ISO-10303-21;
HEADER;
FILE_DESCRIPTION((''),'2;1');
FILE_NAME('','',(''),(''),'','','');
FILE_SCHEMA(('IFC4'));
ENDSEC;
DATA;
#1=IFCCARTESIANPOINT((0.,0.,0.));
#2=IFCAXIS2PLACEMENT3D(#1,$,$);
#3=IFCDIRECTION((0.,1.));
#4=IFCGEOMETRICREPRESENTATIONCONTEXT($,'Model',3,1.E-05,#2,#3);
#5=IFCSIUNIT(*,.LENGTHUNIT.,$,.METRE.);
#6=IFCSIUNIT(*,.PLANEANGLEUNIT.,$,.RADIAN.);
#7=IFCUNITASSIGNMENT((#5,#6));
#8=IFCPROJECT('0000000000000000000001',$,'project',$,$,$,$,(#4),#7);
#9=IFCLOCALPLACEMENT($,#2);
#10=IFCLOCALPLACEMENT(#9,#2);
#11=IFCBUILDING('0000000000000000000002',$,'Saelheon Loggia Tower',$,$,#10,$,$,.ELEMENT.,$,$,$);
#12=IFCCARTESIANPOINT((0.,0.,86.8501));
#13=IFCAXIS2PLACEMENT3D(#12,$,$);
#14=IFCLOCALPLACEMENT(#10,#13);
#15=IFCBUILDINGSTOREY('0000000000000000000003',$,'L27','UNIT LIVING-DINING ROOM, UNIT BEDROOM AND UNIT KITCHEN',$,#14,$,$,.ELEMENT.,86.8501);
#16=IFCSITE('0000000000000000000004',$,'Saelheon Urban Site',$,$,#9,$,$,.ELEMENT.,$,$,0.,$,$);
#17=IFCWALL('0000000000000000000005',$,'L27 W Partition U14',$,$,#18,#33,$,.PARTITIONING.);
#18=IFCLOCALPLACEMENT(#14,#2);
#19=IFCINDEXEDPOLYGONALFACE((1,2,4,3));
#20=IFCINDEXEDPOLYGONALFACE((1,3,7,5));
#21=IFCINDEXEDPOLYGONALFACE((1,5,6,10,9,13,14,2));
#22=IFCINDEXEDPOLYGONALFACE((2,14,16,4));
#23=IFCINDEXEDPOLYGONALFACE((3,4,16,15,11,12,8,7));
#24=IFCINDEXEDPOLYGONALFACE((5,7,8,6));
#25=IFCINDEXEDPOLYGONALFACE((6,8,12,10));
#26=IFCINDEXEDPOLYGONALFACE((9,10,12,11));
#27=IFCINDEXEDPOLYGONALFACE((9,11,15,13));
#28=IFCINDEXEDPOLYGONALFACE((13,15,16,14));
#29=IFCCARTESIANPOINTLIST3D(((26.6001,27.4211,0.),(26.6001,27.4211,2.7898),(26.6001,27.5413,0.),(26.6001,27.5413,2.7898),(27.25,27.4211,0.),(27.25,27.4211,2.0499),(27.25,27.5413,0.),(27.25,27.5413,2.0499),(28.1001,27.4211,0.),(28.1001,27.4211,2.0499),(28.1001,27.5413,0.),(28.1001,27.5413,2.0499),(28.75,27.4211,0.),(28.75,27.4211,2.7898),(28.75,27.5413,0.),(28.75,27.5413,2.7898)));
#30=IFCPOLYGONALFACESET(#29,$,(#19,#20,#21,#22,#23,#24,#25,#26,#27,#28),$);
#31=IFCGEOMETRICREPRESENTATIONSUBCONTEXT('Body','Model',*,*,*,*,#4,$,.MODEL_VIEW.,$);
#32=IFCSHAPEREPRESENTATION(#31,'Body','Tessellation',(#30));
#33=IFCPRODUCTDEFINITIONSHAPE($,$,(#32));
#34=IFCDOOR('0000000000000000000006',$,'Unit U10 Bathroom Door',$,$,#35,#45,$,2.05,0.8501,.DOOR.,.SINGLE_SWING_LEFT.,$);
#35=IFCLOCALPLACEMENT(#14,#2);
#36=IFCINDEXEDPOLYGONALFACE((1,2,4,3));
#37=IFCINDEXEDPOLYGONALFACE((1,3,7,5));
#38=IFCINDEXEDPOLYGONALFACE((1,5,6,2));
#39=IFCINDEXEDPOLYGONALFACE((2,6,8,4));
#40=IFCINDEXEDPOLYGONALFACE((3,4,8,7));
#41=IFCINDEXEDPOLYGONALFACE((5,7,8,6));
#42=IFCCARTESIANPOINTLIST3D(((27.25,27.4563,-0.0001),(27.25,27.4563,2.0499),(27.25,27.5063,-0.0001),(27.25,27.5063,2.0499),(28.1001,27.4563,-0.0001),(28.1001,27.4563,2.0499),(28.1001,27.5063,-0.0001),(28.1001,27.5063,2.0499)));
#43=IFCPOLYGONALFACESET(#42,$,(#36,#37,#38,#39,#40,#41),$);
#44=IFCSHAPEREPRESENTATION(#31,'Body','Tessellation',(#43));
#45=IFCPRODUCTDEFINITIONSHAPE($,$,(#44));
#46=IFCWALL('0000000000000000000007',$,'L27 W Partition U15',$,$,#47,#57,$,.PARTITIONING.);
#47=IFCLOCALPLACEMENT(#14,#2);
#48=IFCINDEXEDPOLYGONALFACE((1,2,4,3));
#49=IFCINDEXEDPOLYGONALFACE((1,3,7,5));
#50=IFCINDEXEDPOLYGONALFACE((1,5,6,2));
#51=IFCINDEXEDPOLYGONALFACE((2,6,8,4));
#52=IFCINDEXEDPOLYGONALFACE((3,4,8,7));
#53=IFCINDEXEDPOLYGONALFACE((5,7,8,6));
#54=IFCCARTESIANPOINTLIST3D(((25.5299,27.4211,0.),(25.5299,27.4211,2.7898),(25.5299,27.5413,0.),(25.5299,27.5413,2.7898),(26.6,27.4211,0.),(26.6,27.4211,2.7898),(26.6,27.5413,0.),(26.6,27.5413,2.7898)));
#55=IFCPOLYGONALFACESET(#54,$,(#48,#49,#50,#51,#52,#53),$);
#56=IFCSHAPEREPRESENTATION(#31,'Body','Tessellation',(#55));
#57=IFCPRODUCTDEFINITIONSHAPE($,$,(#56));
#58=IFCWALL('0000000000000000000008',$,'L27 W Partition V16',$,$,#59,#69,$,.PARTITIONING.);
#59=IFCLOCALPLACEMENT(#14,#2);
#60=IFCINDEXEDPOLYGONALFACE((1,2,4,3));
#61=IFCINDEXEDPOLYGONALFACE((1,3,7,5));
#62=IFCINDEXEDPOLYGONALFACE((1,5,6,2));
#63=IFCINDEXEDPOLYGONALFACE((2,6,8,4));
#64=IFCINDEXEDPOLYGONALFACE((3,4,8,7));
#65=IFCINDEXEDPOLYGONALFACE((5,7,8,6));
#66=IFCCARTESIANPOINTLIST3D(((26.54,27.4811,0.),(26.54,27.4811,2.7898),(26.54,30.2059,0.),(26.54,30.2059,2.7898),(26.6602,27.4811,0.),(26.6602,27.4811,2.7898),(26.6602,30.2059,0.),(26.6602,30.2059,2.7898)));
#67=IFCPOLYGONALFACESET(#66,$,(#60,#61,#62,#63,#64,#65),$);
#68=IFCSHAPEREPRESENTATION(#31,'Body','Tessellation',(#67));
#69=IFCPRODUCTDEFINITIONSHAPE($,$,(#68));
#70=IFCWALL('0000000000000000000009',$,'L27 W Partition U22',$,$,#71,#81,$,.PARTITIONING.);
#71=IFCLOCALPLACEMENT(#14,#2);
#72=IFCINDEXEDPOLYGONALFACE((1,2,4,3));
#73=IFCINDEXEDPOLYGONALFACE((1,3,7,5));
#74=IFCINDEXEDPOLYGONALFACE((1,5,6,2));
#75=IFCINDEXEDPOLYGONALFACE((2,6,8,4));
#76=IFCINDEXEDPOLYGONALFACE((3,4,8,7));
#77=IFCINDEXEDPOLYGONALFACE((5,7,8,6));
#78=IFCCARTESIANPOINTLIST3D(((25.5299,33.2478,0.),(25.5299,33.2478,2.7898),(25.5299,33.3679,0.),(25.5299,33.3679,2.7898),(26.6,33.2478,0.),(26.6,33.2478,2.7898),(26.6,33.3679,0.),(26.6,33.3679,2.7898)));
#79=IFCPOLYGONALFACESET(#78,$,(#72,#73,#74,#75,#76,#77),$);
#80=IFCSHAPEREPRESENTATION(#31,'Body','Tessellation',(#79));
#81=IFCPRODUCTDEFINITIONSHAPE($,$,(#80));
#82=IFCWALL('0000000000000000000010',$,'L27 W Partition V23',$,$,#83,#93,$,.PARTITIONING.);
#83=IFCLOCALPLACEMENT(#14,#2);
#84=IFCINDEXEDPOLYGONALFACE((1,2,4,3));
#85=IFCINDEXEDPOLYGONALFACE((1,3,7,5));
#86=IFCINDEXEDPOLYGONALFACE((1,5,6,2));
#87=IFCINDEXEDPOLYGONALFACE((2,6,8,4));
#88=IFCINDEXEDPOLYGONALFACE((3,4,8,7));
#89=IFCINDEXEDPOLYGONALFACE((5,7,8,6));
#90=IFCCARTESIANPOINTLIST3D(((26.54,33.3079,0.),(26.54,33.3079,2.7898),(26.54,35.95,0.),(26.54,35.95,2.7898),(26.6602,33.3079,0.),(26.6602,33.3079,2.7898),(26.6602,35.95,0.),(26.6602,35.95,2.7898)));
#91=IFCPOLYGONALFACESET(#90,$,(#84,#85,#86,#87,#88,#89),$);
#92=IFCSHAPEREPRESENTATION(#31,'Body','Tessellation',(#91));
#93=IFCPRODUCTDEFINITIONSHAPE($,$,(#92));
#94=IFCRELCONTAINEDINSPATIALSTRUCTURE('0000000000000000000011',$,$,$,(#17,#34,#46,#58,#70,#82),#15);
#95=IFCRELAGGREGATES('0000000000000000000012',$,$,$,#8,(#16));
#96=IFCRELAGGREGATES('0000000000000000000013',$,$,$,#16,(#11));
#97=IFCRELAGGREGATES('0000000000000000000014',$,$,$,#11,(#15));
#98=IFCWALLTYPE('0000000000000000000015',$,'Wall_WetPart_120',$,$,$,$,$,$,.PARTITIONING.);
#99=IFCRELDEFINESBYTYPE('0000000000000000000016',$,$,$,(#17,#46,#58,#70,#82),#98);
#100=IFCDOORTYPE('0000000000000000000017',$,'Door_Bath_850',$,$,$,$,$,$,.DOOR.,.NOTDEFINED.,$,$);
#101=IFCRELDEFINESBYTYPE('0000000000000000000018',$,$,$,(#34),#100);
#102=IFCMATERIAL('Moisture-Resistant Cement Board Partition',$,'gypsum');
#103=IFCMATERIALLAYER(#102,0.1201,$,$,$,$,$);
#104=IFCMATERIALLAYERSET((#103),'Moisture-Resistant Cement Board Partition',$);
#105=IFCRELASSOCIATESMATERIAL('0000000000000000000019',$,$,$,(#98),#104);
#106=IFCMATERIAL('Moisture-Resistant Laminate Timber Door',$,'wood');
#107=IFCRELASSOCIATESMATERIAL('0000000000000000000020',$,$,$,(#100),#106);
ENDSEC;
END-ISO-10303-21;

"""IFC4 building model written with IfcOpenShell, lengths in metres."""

from ifc_helpers import new_model, si_unit, direction, frame, frame_2d, origin, place, context, subcontext, project, spatial, rectangle, extrude, source, transform, mapped, material, layer, layer_set, type_object, element, fill, save


model = new_model("IFC4")

# Units and contexts
model_context = context("Model", 3, precision=1e-05, world=origin(), true_north=direction((0.0, 1.0)))
body_context = subcontext(model_context, "Body", "Model", "MODEL_VIEW")
ifc_project = project(units=[si_unit("LENGTHUNIT", "METRE"), si_unit("PLANEANGLEUNIT", "RADIAN")], contexts=[model_context])

# Site, building, storey
site_placement = place(None, origin())
site = spatial("IfcSite", under=ifc_project, at=site_placement, Name="Saelheon Urban Site", CompositionType="ELEMENT", RefElevation=0.0)
building_placement = place(site_placement, origin())
building = spatial("IfcBuilding", under=site, at=building_placement, Name="Saelheon Loggia Tower", CompositionType="ELEMENT")
storey_placement = place(building_placement, frame((0.0, 0.0, 86.8501)))
storey = spatial("IfcBuildingStorey", under=building, at=storey_placement, Name="L27", Description="UNIT LIVING-DINING ROOM, UNIT BEDROOM AND UNIT KITCHEN", CompositionType="ELEMENT", Elevation=86.8501)

# Wall, opening, door
ifc_material_1 = material(Name="Moisture-Resistant Cement Board Partition", Category="gypsum")
ifc_layer_1 = layer(ifc_material_1, 0.1201)
ifc_layer_set_1 = layer_set([ifc_layer_1], Name="Moisture-Resistant Cement Board Partition")
wall_type_1 = type_object("IfcWallType", Name="Wall_WetPart_120", PredefinedType="PARTITIONING", material=ifc_layer_set_1)
wall_1_placement = place(storey_placement, frame((28.75, 27.4812, 0.0), z_axis=(0.0, 0.0, 1.0), x_axis=(-1.0, 0.0, 0.0)))
wall_1 = element("IfcWall", 1, at=wall_1_placement, inside=storey, type_object=wall_type_1, Name="L27 W Partition U14", PredefinedType="PARTITIONING", context=body_context, shape_type="SweptSolid", body=[
    extrude(rectangle(XDim=2.1499, YDim=0.1201, at=frame_2d((1.075, 0.0))), origin(), (0.0, 0.0, 1.0), 2.7898),
])
opening_1_placement = place(wall_1_placement, frame((0.6499, 0.0, 0.0)))
opening_1 = element("IfcOpeningElement", 2, at=opening_1_placement, cuts=wall_1, PredefinedType="OPENING", context=body_context, shape_type="SweptSolid", body=[
    extrude(rectangle(XDim=0.8501, YDim=2.05, at=frame_2d((0.425, 1.0249))), frame((0.0, 0.072, 0.0), z_axis=(0.0, -1.0, 0.0), x_axis=(1.0, 0.0, 0.0)), (0.0, 0.0, 1.0), 0.144),
])
ifc_material_2 = material(Name="Moisture-Resistant Laminate Timber Door", Category="wood")
door_type_1 = type_object("IfcDoorType", Name="Door_Bath_850", OperationType="NOTDEFINED", PredefinedType="DOOR", material=ifc_material_2)
shared_shape_1 = source(origin(), body_context, "Body", "SweptSolid", [
    extrude(rectangle(XDim=0.8501, YDim=2.05, at=frame_2d((0.425, 1.0249))), frame((0.0, 0.0249, 0.0), z_axis=(0.0, -1.0, 0.0), x_axis=(1.0, 0.0, 0.0)), (0.0, 0.0, 1.0), 0.05),
])
door_1_placement = place(opening_1_placement, origin())
door_1 = element("IfcDoor", 3, at=door_1_placement, inside=storey, type_object=door_type_1, Name="Unit U10 Bathroom Door", OperationType="SINGLE_SWING_LEFT", OverallHeight=2.05, OverallWidth=0.8501, PredefinedType="DOOR", context=body_context, shape_type="MappedRepresentation", body=[
    mapped(shared_shape_1, transform((0.0, 0.0, 0.0), scale=1.0)),
])
fill(opening_1, door_1)

# Walls
wall_2_placement = place(storey_placement, frame((26.6001, 27.4812, 0.0), z_axis=(0.0, 0.0, 1.0), x_axis=(-1.0, 0.0, 0.0)))
element("IfcWall", 4, at=wall_2_placement, inside=storey, type_object=wall_type_1, Name="L27 W Partition U15", PredefinedType="PARTITIONING", context=body_context, shape_type="SweptSolid", body=[
    extrude(rectangle(XDim=1.0701, YDim=0.1201, at=frame_2d((0.5352, 0.0))), origin(), (0.0, 0.0, 1.0), 2.7898),
])
wall_3_placement = place(storey_placement, frame((26.6001, 27.4812, 0.0), z_axis=(0.0, 0.0, 1.0), x_axis=(0.0, 1.0, 0.0)))
element("IfcWall", 5, at=wall_3_placement, inside=storey, type_object=wall_type_1, Name="L27 W Partition V16", PredefinedType="PARTITIONING", context=body_context, shape_type="SweptSolid", body=[
    extrude(rectangle(XDim=2.7249, YDim=0.1201, at=frame_2d((1.3623, 0.0))), origin(), (0.0, 0.0, 1.0), 2.7898),
])
wall_4_placement = place(storey_placement, frame((26.6001, 33.3079, 0.0), z_axis=(0.0, 0.0, 1.0), x_axis=(-1.0, 0.0, 0.0)))
element("IfcWall", 6, at=wall_4_placement, inside=storey, type_object=wall_type_1, Name="L27 W Partition U22", PredefinedType="PARTITIONING", context=body_context, shape_type="SweptSolid", body=[
    extrude(rectangle(XDim=1.0701, YDim=0.1201, at=frame_2d((0.5352, 0.0))), origin(), (0.0, 0.0, 1.0), 2.7898),
])
wall_5_placement = place(storey_placement, frame((26.6001, 33.3079, 0.0), z_axis=(0.0, 0.0, 1.0), x_axis=(0.0, 1.0, 0.0)))
element("IfcWall", 7, at=wall_5_placement, inside=storey, type_object=wall_type_1, Name="L27 W Partition V23", PredefinedType="PARTITIONING", context=body_context, shape_type="SweptSolid", body=[
    extrude(rectangle(XDim=2.6421, YDim=0.1201, at=frame_2d((1.321, 0.0))), origin(), (0.0, 0.0, 1.0), 2.7898),
])

save(model, "model.ifc")
